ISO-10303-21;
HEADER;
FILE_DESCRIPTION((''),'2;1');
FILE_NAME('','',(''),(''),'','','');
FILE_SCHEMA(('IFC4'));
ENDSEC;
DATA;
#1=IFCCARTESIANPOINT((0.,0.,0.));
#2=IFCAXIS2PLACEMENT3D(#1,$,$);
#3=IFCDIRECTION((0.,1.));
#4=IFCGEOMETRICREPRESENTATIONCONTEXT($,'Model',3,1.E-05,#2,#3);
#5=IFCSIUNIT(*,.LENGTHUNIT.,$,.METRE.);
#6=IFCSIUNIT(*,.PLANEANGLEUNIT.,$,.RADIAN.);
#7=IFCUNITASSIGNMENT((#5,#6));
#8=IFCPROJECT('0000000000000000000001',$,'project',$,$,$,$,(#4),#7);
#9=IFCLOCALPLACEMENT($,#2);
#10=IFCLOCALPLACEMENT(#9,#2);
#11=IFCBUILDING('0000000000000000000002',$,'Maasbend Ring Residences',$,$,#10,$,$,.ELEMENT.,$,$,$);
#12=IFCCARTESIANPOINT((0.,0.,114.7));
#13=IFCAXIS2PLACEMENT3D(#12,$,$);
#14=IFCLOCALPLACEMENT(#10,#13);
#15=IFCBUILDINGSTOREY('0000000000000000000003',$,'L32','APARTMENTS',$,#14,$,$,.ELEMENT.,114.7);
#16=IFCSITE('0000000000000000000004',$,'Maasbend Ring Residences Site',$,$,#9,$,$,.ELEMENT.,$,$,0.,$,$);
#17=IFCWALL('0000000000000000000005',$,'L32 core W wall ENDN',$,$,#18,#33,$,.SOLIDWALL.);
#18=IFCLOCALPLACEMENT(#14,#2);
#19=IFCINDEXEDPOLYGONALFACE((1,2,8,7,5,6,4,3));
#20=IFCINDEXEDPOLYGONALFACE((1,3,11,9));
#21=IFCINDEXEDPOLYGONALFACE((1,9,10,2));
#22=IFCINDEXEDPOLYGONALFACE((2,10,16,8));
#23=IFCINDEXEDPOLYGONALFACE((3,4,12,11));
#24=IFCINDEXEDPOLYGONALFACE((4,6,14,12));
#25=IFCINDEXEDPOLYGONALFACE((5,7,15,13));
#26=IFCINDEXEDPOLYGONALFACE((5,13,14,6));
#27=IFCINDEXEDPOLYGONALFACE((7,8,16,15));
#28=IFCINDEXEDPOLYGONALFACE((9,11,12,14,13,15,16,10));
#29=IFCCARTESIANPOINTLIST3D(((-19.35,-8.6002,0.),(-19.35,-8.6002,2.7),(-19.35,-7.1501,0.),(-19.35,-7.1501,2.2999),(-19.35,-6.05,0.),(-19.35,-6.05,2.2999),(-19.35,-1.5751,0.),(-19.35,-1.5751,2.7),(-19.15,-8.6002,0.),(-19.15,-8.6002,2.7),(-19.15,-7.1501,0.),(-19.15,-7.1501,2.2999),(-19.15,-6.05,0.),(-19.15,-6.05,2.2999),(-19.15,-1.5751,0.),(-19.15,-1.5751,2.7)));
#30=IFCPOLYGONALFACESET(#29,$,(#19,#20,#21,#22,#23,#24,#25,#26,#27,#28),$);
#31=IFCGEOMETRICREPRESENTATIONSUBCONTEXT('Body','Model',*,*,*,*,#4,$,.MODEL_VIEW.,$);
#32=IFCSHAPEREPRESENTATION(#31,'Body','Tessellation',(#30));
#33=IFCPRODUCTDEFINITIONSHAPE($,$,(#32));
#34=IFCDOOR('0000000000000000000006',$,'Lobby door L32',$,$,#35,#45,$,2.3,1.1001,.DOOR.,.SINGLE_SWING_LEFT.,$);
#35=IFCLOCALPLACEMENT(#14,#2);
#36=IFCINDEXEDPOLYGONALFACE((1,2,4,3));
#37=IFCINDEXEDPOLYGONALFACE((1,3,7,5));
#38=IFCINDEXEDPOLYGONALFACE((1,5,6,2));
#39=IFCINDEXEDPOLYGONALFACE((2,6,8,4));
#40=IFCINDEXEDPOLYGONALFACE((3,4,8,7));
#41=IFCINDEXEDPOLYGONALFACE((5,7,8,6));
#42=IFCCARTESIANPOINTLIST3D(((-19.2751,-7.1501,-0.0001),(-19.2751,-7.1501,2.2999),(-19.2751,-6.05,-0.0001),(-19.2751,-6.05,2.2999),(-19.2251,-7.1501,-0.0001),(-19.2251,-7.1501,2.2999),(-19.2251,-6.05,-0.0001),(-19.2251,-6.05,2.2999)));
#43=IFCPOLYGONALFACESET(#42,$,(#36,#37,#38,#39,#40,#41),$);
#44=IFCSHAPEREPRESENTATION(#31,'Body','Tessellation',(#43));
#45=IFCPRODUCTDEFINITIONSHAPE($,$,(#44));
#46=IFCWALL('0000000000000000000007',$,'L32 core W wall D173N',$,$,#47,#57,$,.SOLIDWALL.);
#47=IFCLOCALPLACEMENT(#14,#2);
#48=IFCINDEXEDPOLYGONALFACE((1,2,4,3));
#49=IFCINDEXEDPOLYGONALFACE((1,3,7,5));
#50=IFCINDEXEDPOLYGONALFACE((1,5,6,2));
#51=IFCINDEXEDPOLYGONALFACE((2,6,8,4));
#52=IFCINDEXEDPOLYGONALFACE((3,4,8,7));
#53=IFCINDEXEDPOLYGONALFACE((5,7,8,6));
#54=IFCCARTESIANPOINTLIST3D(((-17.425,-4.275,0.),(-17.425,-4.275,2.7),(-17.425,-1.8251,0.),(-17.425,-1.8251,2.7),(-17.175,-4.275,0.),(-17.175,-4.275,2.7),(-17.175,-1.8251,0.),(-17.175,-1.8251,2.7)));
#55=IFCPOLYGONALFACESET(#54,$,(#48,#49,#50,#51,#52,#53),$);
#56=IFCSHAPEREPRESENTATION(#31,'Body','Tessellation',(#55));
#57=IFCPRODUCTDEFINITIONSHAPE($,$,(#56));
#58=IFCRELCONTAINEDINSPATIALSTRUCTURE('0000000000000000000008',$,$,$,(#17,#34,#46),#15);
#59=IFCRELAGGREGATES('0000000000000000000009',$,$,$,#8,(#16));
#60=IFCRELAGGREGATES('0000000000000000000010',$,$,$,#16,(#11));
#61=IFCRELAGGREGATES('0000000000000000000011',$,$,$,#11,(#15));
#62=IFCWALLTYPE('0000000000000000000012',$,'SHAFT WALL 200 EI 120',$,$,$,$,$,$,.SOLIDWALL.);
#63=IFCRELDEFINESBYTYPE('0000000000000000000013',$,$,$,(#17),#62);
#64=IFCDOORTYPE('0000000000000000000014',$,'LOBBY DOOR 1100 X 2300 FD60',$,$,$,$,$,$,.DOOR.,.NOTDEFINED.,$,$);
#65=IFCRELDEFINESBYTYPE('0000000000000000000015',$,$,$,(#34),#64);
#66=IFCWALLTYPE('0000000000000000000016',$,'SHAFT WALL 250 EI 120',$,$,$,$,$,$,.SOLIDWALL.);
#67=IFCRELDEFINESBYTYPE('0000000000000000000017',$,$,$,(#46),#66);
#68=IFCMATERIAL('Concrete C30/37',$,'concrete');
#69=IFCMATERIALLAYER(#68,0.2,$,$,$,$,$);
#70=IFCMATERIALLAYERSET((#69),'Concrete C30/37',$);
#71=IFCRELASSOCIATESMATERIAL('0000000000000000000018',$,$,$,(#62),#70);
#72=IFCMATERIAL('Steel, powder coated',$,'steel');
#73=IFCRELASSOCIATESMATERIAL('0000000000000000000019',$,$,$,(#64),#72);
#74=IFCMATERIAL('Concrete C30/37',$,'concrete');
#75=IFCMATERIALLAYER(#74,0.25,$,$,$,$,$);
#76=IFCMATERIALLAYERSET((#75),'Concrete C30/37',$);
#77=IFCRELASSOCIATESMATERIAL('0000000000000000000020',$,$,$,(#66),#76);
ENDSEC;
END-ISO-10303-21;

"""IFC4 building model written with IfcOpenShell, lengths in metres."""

from ifc_helpers import new_model, si_unit, direction, frame, frame_2d, origin, place, context, subcontext, project, spatial, rectangle, extrude, material, layer, layer_set, type_object, element, fill, save


model = new_model("IFC4")

# Units and contexts
model_context = context("Model", 3, precision=1e-05, world=origin(), true_north=direction((0.0, 1.0)))
body_context = subcontext(model_context, "Body", "Model", "MODEL_VIEW")
ifc_project = project(units=[si_unit("LENGTHUNIT", "METRE"), si_unit("PLANEANGLEUNIT", "RADIAN")], contexts=[model_context])

# Site, building, storey
site_placement = place(None, origin())
site = spatial("IfcSite", under=ifc_project, at=site_placement, Name="Maasbend Ring Residences Site", CompositionType="ELEMENT", RefElevation=0.0)
building_placement = place(site_placement, origin())
building = spatial("IfcBuilding", under=site, at=building_placement, Name="Maasbend Ring Residences", CompositionType="ELEMENT")
storey_placement = place(building_placement, frame((0.0, 0.0, 114.7)))
storey = spatial("IfcBuildingStorey", under=building, at=storey_placement, Name="L32", Description="APARTMENTS", CompositionType="ELEMENT", Elevation=114.7)

# Wall, opening, door
ifc_material_1 = material(Name="Concrete C30/37", Category="concrete")
ifc_layer_1 = layer(ifc_material_1, 0.2)
ifc_layer_set_1 = layer_set([ifc_layer_1], Name="Concrete C30/37")
wall_type_1 = type_object("IfcWallType", Name="SHAFT WALL 200 EI 120", PredefinedType="SOLIDWALL", material=ifc_layer_set_1)
wall_1_placement = place(storey_placement, frame((-19.25, -1.575, 0.0), z_axis=(0.0, 0.0, 1.0), x_axis=(0.0, -1.0, 0.0)))
wall_1 = element("IfcWall", 1, at=wall_1_placement, inside=storey, type_object=wall_type_1, Name="L32 core W wall ENDN", PredefinedType="SOLIDWALL", context=body_context, shape_type="SweptSolid", body=[
    extrude(rectangle(XDim=7.0251, YDim=0.2, at=frame_2d((3.5127, 0.0))), origin(), (0.0, 0.0, 1.0), 2.7),
])
opening_1_placement = place(wall_1_placement, frame((4.4751, 0.0, 0.0)))
opening_1 = element("IfcOpeningElement", 2, at=opening_1_placement, cuts=wall_1, PredefinedType="OPENING", context=body_context, shape_type="SweptSolid", body=[
    extrude(rectangle(XDim=1.1001, YDim=2.3, at=frame_2d((0.55, 1.1499))), frame((0.0, 0.1099, 0.0), z_axis=(0.0, -1.0, 0.0), x_axis=(1.0, 0.0, 0.0)), (0.0, 0.0, 1.0), 0.22),
])
ifc_material_2 = material(Name="Steel, powder coated", Category="steel")
door_type_1 = type_object("IfcDoorType", Name="LOBBY DOOR 1100 X 2300 FD60", OperationType="NOTDEFINED", PredefinedType="DOOR", material=ifc_material_2)
door_1_placement = place(opening_1_placement, origin())
door_1 = element("IfcDoor", 3, at=door_1_placement, inside=storey, type_object=door_type_1, Name="Lobby door L32", OperationType="SINGLE_SWING_LEFT", OverallHeight=2.3, OverallWidth=1.1001, PredefinedType="DOOR", context=body_context, shape_type="SweptSolid", body=[
    extrude(rectangle(XDim=1.1001, YDim=2.3, at=frame_2d((0.55, 1.1499))), frame((0.0, 0.0249, 0.0), z_axis=(0.0, -1.0, 0.0), x_axis=(1.0, 0.0, 0.0)), (0.0, 0.0, 1.0), 0.05),
])
fill(opening_1, door_1)

# Wall
ifc_material_3 = material(Name="Concrete C30/37", Category="concrete")
ifc_layer_2 = layer(ifc_material_3, 0.25)
ifc_layer_set_2 = layer_set([ifc_layer_2], Name="Concrete C30/37")
wall_type_2 = type_object("IfcWallType", Name="SHAFT WALL 250 EI 120", PredefinedType="SOLIDWALL", material=ifc_layer_set_2)
wall_2_placement = place(storey_placement, frame((-17.3, -1.825, 0.0), z_axis=(0.0, 0.0, 1.0), x_axis=(0.0, -1.0, 0.0)))
element("IfcWall", 4, at=wall_2_placement, inside=storey, type_object=wall_type_2, Name="L32 core W wall D173N", PredefinedType="SOLIDWALL", context=body_context, shape_type="SweptSolid", body=[
    extrude(rectangle(XDim=2.45, YDim=0.25, at=frame_2d((1.2251, 0.0))), origin(), (0.0, 0.0, 1.0), 2.7),
])

save(model, "model.ifc")
